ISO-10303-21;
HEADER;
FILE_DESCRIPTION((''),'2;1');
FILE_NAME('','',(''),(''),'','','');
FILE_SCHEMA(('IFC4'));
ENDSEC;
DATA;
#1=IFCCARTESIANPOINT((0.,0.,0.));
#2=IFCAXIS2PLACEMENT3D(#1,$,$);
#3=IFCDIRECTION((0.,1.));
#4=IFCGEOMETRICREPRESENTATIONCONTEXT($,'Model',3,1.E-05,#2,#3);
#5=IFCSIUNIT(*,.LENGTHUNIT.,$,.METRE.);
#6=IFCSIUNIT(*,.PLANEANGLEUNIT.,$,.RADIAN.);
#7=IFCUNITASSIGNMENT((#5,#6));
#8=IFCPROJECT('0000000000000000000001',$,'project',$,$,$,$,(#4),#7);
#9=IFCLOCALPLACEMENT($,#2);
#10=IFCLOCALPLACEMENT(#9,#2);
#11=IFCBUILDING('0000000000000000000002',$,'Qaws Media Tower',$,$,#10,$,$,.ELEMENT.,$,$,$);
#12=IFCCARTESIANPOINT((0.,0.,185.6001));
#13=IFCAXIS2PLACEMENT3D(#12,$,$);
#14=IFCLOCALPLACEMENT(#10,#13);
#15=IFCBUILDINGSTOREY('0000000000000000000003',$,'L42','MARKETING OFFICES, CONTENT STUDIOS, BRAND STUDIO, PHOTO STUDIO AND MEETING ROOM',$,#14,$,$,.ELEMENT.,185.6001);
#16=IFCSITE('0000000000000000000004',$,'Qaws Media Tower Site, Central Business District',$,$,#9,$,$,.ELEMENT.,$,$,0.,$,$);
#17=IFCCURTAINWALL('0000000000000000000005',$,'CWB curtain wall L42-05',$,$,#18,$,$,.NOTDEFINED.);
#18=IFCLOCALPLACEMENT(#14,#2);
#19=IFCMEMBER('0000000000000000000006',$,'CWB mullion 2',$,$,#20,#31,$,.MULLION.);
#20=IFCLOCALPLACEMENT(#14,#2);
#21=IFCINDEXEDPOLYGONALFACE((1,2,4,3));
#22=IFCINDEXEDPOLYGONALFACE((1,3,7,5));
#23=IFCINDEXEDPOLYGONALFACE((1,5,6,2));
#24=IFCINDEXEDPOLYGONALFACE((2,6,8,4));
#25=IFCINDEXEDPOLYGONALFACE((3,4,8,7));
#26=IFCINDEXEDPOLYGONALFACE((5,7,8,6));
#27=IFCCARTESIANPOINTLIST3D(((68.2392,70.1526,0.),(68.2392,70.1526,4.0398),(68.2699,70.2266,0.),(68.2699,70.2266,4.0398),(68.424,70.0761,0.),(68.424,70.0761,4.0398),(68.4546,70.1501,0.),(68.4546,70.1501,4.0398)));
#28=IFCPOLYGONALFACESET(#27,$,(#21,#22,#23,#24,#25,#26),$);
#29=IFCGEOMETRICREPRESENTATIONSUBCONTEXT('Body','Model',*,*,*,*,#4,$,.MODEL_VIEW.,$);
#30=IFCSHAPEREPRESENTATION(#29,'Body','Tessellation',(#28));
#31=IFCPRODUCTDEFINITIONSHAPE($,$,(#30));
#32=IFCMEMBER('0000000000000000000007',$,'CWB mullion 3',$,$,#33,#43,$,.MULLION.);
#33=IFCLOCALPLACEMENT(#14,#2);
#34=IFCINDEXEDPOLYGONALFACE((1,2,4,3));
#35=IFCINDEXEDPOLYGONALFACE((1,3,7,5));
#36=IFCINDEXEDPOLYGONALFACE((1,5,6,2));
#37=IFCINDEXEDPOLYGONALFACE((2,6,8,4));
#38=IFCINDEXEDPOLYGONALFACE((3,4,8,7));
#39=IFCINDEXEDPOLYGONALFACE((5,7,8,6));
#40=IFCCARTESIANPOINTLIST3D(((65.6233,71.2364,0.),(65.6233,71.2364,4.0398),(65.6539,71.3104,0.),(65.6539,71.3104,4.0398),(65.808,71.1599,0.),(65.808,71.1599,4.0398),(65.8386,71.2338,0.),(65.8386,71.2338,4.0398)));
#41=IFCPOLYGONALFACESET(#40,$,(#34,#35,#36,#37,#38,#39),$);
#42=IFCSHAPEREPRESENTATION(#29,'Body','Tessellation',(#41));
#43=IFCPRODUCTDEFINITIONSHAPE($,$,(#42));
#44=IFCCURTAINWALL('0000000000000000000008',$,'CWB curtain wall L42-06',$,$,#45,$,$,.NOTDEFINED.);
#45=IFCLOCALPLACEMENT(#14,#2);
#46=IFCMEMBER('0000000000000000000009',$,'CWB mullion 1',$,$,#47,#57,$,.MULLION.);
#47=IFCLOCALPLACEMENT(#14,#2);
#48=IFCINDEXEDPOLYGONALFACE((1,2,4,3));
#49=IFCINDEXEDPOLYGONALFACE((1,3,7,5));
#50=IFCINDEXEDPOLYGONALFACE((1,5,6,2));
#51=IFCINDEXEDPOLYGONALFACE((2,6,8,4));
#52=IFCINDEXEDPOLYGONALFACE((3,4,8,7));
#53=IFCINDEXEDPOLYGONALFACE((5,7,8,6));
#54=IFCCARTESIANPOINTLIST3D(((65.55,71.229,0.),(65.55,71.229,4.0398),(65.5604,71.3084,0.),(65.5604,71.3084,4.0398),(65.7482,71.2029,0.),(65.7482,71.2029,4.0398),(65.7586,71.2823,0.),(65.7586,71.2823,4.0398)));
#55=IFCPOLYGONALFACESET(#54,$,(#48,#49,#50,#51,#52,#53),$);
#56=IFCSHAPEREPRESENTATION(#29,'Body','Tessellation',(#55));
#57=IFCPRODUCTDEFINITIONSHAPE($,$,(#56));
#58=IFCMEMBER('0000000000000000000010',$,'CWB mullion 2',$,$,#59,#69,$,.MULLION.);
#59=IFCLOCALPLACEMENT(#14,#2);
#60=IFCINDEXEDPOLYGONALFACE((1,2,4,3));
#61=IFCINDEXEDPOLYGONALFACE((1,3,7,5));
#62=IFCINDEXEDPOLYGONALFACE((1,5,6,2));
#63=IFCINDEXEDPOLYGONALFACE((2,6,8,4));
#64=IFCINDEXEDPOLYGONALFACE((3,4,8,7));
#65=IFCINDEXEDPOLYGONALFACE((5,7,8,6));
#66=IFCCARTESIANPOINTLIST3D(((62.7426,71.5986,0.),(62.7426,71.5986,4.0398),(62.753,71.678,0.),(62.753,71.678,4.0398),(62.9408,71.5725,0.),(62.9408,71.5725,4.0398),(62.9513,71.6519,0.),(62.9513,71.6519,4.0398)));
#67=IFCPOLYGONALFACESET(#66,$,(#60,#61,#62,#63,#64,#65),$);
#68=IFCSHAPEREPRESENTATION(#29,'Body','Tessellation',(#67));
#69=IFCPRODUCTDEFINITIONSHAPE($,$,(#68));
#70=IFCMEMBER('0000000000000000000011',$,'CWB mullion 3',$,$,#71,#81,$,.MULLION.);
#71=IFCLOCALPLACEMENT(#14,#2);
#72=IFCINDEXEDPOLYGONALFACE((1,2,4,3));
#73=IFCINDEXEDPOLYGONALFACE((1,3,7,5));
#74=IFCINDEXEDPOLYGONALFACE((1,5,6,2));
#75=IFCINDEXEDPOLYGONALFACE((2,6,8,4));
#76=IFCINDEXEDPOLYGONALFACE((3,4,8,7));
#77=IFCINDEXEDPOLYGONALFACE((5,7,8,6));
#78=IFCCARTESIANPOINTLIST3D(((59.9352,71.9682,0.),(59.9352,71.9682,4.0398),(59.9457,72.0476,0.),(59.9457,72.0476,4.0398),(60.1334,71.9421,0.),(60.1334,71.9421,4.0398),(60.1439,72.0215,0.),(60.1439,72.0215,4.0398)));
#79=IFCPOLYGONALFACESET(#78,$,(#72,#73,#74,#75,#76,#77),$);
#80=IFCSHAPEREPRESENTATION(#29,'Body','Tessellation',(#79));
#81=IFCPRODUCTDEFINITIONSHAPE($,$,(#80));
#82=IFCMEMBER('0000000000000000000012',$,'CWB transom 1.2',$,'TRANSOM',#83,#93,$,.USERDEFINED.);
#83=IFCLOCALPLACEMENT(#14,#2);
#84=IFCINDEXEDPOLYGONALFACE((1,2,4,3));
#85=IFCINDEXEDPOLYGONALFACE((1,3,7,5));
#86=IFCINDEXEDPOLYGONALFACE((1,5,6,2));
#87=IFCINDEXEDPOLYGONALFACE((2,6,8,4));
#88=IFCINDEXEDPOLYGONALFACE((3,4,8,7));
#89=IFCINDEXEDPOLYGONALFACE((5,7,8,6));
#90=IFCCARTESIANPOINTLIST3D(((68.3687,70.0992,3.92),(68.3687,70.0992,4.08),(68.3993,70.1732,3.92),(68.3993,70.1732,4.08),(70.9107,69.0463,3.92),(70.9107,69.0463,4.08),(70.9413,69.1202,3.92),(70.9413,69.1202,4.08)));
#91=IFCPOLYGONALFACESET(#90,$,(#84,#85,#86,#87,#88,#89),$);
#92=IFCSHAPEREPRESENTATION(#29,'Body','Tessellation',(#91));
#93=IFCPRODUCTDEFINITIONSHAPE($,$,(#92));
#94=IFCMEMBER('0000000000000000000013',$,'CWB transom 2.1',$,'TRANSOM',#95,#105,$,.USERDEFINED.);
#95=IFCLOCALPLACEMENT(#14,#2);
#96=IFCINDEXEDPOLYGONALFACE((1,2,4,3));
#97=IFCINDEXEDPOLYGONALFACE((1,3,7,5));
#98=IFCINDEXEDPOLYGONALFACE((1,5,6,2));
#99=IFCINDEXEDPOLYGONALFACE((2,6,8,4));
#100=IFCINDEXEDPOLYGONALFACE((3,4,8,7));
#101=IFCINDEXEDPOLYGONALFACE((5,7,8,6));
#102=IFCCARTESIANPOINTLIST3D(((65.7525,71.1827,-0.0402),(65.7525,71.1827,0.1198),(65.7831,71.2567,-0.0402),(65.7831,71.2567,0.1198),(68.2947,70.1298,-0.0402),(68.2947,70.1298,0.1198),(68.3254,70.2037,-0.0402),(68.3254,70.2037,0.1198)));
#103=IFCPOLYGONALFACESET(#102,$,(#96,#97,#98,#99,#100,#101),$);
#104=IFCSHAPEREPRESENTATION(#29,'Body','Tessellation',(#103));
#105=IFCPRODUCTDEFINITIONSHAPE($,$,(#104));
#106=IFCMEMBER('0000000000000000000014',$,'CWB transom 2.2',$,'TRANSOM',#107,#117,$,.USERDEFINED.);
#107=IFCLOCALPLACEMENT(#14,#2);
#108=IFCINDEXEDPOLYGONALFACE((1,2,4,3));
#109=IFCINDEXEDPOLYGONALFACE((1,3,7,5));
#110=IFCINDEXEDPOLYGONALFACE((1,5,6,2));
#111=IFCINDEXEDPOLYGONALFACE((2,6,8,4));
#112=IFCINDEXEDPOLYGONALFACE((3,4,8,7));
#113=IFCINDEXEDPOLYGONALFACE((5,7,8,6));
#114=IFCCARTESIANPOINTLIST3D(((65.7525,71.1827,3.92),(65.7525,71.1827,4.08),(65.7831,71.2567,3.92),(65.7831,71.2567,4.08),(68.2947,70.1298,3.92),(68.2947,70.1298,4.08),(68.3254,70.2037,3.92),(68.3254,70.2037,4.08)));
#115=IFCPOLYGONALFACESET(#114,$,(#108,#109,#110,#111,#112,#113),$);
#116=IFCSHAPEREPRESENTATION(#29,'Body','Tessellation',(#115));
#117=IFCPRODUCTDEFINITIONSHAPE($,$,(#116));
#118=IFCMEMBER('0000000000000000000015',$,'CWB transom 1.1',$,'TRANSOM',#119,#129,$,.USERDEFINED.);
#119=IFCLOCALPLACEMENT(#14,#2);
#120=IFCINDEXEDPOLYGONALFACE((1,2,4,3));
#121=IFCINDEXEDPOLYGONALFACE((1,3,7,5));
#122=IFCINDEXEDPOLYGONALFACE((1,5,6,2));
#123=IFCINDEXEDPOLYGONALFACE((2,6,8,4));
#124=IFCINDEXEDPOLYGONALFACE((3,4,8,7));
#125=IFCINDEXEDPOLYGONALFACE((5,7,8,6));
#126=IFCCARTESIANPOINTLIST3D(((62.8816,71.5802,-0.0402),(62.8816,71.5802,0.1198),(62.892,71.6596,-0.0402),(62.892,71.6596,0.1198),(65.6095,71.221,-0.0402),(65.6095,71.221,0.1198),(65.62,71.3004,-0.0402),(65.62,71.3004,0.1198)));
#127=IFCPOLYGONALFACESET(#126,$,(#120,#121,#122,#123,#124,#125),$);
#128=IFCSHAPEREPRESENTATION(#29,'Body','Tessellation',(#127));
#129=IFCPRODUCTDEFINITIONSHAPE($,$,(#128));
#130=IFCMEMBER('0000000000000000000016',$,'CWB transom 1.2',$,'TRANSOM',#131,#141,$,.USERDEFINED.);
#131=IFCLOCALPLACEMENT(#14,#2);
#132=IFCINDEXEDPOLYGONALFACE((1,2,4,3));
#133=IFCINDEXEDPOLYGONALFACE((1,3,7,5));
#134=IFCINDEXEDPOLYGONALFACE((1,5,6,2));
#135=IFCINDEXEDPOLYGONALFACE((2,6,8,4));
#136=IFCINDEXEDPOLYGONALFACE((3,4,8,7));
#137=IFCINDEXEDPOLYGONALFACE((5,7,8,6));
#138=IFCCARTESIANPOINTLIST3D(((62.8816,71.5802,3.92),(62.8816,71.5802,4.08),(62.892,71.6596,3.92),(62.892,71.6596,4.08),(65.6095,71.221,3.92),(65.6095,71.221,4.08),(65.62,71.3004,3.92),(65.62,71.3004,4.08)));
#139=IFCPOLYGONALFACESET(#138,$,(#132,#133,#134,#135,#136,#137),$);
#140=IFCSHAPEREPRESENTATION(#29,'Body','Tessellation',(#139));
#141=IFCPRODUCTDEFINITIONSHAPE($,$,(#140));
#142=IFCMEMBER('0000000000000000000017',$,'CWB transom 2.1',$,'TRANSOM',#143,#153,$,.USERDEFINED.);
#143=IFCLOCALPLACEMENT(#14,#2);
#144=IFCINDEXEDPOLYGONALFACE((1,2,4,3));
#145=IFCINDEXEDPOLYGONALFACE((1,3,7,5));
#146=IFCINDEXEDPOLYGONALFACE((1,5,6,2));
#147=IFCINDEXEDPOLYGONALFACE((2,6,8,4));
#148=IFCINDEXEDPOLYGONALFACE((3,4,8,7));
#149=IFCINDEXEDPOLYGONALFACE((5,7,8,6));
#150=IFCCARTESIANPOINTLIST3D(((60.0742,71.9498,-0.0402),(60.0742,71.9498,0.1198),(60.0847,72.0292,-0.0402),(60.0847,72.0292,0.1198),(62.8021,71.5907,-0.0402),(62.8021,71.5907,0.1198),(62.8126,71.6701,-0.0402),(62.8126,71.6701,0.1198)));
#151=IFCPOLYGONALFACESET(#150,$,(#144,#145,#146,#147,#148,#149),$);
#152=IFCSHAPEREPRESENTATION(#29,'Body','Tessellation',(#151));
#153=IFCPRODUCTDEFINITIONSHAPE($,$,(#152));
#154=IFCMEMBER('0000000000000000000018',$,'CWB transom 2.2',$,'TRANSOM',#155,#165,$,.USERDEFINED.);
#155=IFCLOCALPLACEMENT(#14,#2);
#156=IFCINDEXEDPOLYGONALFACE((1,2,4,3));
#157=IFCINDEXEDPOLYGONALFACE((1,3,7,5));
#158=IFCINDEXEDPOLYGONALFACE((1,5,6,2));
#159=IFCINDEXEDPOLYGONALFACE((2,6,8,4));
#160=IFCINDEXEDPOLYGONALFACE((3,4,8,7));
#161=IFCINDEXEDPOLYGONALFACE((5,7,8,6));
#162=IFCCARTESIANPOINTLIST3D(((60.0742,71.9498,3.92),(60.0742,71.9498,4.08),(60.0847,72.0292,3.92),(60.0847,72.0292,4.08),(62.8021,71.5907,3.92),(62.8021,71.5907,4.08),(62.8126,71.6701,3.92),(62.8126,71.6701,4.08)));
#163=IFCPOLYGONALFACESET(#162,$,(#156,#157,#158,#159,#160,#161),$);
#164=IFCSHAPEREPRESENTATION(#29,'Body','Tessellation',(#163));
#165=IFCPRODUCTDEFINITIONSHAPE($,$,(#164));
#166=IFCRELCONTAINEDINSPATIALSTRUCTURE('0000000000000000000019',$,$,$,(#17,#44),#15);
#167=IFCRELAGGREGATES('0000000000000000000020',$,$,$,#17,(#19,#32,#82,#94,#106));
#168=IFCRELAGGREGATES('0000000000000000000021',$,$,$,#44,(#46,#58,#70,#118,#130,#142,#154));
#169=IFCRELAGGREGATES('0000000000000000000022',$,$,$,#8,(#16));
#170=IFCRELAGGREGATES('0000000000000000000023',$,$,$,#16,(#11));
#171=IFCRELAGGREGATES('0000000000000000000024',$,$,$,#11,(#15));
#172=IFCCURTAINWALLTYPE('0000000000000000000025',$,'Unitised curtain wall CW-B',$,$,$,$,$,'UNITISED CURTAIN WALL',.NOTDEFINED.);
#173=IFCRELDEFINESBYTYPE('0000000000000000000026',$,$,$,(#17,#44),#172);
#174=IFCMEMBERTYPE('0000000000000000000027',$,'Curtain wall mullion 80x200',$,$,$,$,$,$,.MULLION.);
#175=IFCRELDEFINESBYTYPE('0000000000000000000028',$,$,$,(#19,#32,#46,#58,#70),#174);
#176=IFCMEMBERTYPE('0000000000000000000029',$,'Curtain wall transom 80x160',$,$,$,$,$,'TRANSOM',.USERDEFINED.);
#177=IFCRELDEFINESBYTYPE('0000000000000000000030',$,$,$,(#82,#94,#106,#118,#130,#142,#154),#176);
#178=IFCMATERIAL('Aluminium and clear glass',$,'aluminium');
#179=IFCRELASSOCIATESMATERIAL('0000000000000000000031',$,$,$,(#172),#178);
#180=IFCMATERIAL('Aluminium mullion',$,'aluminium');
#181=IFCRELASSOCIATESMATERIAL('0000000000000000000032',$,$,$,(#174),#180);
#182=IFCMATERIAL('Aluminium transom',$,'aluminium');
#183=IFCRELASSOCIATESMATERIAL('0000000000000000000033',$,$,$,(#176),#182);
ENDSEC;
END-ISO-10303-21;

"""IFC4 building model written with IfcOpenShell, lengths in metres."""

from ifc_helpers import new_model, si_unit, direction, frame, origin, origin_2d, place, context, subcontext, project, spatial, rectangle, extrude, material, material_profile, profile_set, type_object, element, aggregate, save


model = new_model("IFC4")

# Units and contexts
model_context = context("Model", 3, precision=1e-05, world=origin(), true_north=direction((0.0, 1.0)))
body_context = subcontext(model_context, "Body", "Model", "MODEL_VIEW")
ifc_project = project(units=[si_unit("LENGTHUNIT", "METRE"), si_unit("PLANEANGLEUNIT", "RADIAN")], contexts=[model_context])

# Site, building, storey
site_placement = place(None, origin())
site = spatial("IfcSite", under=ifc_project, at=site_placement, Name="Qaws Media Tower Site, Central Business District", CompositionType="ELEMENT", RefElevation=0.0)
building_placement = place(site_placement, origin())
building = spatial("IfcBuilding", under=site, at=building_placement, Name="Qaws Media Tower", CompositionType="ELEMENT")
storey_placement = place(building_placement, frame((0.0, 0.0, 185.6001)))
storey = spatial("IfcBuildingStorey", under=building, at=storey_placement, Name="L42", Description="MARKETING OFFICES, CONTENT STUDIOS, BRAND STUDIO, PHOTO STUDIO AND MEETING ROOM", CompositionType="ELEMENT", Elevation=185.6001)

# Curtain walls, members
ifc_material_1 = material(Name="Aluminium and clear glass", Category="aluminium")
curtain_wall_type = type_object("IfcCurtainWallType", Name="Unitised curtain wall CW-B", ElementType="UNITISED CURTAIN WALL", PredefinedType="NOTDEFINED", material=ifc_material_1)
curtain_wall_1_placement = place(storey_placement, origin())
curtain_wall_1 = element("IfcCurtainWall", 1, at=curtain_wall_1_placement, inside=storey, type_object=curtain_wall_type, Name="CWB curtain wall L42-05", PredefinedType="NOTDEFINED")
ifc_material_2 = material(Name="Aluminium mullion", Category="aluminium")
ifc_material_profile_1 = material_profile(ifc_material_2, rectangle(XDim=0.0801, YDim=0.2, at=origin_2d()), Name="80x200")
ifc_profile_set_1 = profile_set([ifc_material_profile_1], Name="Aluminium mullion")
member_type_1 = type_object("IfcMemberType", Name="Curtain wall mullion 80x200", PredefinedType="MULLION", material=ifc_profile_set_1)
member_1_placement = place(storey_placement, frame((68.3469, 70.1514, 0.0), z_axis=(0.0, 0.0, 1.0), x_axis=(-0.382683, -0.92388, 0.0)))
member_1 = element("IfcMember", 2, at=member_1_placement, type_object=member_type_1, Name="CWB mullion 2", PredefinedType="MULLION", context=body_context, shape_type="SweptSolid", body=[
    extrude(rectangle(XDim=0.0801, YDim=0.2, at=origin_2d()), origin(), (0.0, 0.0, 1.0), 4.0398),
])
member_2_placement = place(storey_placement, frame((65.731, 71.2351, 0.0), z_axis=(0.0, 0.0, 1.0), x_axis=(-0.382683, -0.92388, 0.0)))
member_2 = element("IfcMember", 3, at=member_2_placement, type_object=member_type_1, Name="CWB mullion 3", PredefinedType="MULLION", context=body_context, shape_type="SweptSolid", body=[
    extrude(rectangle(XDim=0.0801, YDim=0.2, at=origin_2d()), origin(), (0.0, 0.0, 1.0), 4.0398),
])
curtain_wall_2_placement = place(storey_placement, origin())
curtain_wall_2 = element("IfcCurtainWall", 4, at=curtain_wall_2_placement, inside=storey, type_object=curtain_wall_type, Name="CWB curtain wall L42-06", PredefinedType="NOTDEFINED")
member_3_placement = place(storey_placement, frame((65.6543, 71.2556, 0.0), z_axis=(0.0, 0.0, 1.0), x_axis=(-0.130526, -0.991445, 0.0)))
member_3 = element("IfcMember", 5, at=member_3_placement, type_object=member_type_1, Name="CWB mullion 1", PredefinedType="MULLION", context=body_context, shape_type="SweptSolid", body=[
    extrude(rectangle(XDim=0.0801, YDim=0.2, at=origin_2d()), origin(), (0.0, 0.0, 1.0), 4.0398),
])
member_4_placement = place(storey_placement, frame((62.8469, 71.6252, 0.0), z_axis=(0.0, 0.0, 1.0), x_axis=(-0.130526, -0.991445, 0.0)))
member_4 = element("IfcMember", 6, at=member_4_placement, type_object=member_type_1, Name="CWB mullion 2", PredefinedType="MULLION", context=body_context, shape_type="SweptSolid", body=[
    extrude(rectangle(XDim=0.0801, YDim=0.2, at=origin_2d()), origin(), (0.0, 0.0, 1.0), 4.0398),
])
member_5_placement = place(storey_placement, frame((60.0396, 71.9949, 0.0), z_axis=(0.0, 0.0, 1.0), x_axis=(-0.130526, -0.991445, 0.0)))
member_5 = element("IfcMember", 7, at=member_5_placement, type_object=member_type_1, Name="CWB mullion 3", PredefinedType="MULLION", context=body_context, shape_type="SweptSolid", body=[
    extrude(rectangle(XDim=0.0801, YDim=0.2, at=origin_2d()), origin(), (0.0, 0.0, 1.0), 4.0398),
])

# Members
ifc_material_3 = material(Name="Aluminium transom", Category="aluminium")
ifc_material_profile_2 = material_profile(ifc_material_3, rectangle(XDim=0.0801, YDim=0.1599, at=origin_2d()), Name="80x160")
ifc_profile_set_2 = profile_set([ifc_material_profile_2], Name="Aluminium transom")
member_type_2 = type_object("IfcMemberType", Name="Curtain wall transom 80x160", ElementType="TRANSOM", PredefinedType="USERDEFINED", material=ifc_profile_set_2)
member_6_placement = place(storey_placement, frame((70.926, 69.0833, 4.0), z_axis=(-0.923873, 0.382699, 0.0), x_axis=(-0.382699, -0.923873, 0.0)))
member_6 = element("IfcMember", 8, at=member_6_placement, type_object=member_type_2, Name="CWB transom 1.2", ObjectType="TRANSOM", PredefinedType="USERDEFINED", context=body_context, shape_type="SweptSolid", body=[
    extrude(rectangle(XDim=0.0801, YDim=0.1599, at=origin_2d()), origin(), (0.0, 0.0, 1.0), 2.7515),
])
member_7_placement = place(storey_placement, frame((68.3101, 70.1667, 0.0398), z_axis=(-0.923886, 0.382668, 0.0), x_axis=(-0.382668, -0.923886, 0.0)))
member_7 = element("IfcMember", 9, at=member_7_placement, type_object=member_type_2, Name="CWB transom 2.1", ObjectType="TRANSOM", PredefinedType="USERDEFINED", context=body_context, shape_type="SweptSolid", body=[
    extrude(rectangle(XDim=0.0801, YDim=0.1599, at=origin_2d()), origin(), (0.0, 0.0, 1.0), 2.7517),
])
member_8_placement = place(storey_placement, frame((68.3101, 70.1667, 4.0), z_axis=(-0.923886, 0.382668, 0.0), x_axis=(-0.382668, -0.923886, 0.0)))
member_8 = element("IfcMember", 10, at=member_8_placement, type_object=member_type_2, Name="CWB transom 2.2", ObjectType="TRANSOM", PredefinedType="USERDEFINED", context=body_context, shape_type="SweptSolid", body=[
    extrude(rectangle(XDim=0.0801, YDim=0.1599, at=origin_2d()), origin(), (0.0, 0.0, 1.0), 2.7517),
])
member_9_placement = place(storey_placement, frame((65.6147, 71.2607, 0.0398), z_axis=(-0.991446, 0.130519, 0.0), x_axis=(-0.130519, -0.991446, 0.0)))
member_9 = element("IfcMember", 11, at=member_9_placement, type_object=member_type_2, Name="CWB transom 1.1", ObjectType="TRANSOM", PredefinedType="USERDEFINED", context=body_context, shape_type="SweptSolid", body=[
    extrude(rectangle(XDim=0.0801, YDim=0.1599, at=origin_2d()), origin(), (0.0, 0.0, 1.0), 2.7515),
])
member_10_placement = place(storey_placement, frame((65.6147, 71.2607, 4.0), z_axis=(-0.991446, 0.130519, 0.0), x_axis=(-0.130519, -0.991446, 0.0)))
member_10 = element("IfcMember", 12, at=member_10_placement, type_object=member_type_2, Name="CWB transom 1.2", ObjectType="TRANSOM", PredefinedType="USERDEFINED", context=body_context, shape_type="SweptSolid", body=[
    extrude(rectangle(XDim=0.0801, YDim=0.1599, at=origin_2d()), origin(), (0.0, 0.0, 1.0), 2.7515),
])
member_11_placement = place(storey_placement, frame((62.8074, 71.6304, 0.0398), z_axis=(-0.991446, 0.130519, 0.0), x_axis=(-0.130519, -0.991446, 0.0)))
member_11 = element("IfcMember", 13, at=member_11_placement, type_object=member_type_2, Name="CWB transom 2.1", ObjectType="TRANSOM", PredefinedType="USERDEFINED", context=body_context, shape_type="SweptSolid", body=[
    extrude(rectangle(XDim=0.0801, YDim=0.1599, at=origin_2d()), origin(), (0.0, 0.0, 1.0), 2.7515),
])
member_12_placement = place(storey_placement, frame((62.8074, 71.6304, 4.0), z_axis=(-0.991446, 0.130519, 0.0), x_axis=(-0.130519, -0.991446, 0.0)))
member_12 = element("IfcMember", 14, at=member_12_placement, type_object=member_type_2, Name="CWB transom 2.2", ObjectType="TRANSOM", PredefinedType="USERDEFINED", context=body_context, shape_type="SweptSolid", body=[
    extrude(rectangle(XDim=0.0801, YDim=0.1599, at=origin_2d()), origin(), (0.0, 0.0, 1.0), 2.7515),
])

aggregate(curtain_wall_1, [member_1, member_2, member_6, member_7, member_8])
aggregate(curtain_wall_2, [member_3, member_4, member_5, member_9, member_10, member_11, member_12])

save(model, "model.ifc")
